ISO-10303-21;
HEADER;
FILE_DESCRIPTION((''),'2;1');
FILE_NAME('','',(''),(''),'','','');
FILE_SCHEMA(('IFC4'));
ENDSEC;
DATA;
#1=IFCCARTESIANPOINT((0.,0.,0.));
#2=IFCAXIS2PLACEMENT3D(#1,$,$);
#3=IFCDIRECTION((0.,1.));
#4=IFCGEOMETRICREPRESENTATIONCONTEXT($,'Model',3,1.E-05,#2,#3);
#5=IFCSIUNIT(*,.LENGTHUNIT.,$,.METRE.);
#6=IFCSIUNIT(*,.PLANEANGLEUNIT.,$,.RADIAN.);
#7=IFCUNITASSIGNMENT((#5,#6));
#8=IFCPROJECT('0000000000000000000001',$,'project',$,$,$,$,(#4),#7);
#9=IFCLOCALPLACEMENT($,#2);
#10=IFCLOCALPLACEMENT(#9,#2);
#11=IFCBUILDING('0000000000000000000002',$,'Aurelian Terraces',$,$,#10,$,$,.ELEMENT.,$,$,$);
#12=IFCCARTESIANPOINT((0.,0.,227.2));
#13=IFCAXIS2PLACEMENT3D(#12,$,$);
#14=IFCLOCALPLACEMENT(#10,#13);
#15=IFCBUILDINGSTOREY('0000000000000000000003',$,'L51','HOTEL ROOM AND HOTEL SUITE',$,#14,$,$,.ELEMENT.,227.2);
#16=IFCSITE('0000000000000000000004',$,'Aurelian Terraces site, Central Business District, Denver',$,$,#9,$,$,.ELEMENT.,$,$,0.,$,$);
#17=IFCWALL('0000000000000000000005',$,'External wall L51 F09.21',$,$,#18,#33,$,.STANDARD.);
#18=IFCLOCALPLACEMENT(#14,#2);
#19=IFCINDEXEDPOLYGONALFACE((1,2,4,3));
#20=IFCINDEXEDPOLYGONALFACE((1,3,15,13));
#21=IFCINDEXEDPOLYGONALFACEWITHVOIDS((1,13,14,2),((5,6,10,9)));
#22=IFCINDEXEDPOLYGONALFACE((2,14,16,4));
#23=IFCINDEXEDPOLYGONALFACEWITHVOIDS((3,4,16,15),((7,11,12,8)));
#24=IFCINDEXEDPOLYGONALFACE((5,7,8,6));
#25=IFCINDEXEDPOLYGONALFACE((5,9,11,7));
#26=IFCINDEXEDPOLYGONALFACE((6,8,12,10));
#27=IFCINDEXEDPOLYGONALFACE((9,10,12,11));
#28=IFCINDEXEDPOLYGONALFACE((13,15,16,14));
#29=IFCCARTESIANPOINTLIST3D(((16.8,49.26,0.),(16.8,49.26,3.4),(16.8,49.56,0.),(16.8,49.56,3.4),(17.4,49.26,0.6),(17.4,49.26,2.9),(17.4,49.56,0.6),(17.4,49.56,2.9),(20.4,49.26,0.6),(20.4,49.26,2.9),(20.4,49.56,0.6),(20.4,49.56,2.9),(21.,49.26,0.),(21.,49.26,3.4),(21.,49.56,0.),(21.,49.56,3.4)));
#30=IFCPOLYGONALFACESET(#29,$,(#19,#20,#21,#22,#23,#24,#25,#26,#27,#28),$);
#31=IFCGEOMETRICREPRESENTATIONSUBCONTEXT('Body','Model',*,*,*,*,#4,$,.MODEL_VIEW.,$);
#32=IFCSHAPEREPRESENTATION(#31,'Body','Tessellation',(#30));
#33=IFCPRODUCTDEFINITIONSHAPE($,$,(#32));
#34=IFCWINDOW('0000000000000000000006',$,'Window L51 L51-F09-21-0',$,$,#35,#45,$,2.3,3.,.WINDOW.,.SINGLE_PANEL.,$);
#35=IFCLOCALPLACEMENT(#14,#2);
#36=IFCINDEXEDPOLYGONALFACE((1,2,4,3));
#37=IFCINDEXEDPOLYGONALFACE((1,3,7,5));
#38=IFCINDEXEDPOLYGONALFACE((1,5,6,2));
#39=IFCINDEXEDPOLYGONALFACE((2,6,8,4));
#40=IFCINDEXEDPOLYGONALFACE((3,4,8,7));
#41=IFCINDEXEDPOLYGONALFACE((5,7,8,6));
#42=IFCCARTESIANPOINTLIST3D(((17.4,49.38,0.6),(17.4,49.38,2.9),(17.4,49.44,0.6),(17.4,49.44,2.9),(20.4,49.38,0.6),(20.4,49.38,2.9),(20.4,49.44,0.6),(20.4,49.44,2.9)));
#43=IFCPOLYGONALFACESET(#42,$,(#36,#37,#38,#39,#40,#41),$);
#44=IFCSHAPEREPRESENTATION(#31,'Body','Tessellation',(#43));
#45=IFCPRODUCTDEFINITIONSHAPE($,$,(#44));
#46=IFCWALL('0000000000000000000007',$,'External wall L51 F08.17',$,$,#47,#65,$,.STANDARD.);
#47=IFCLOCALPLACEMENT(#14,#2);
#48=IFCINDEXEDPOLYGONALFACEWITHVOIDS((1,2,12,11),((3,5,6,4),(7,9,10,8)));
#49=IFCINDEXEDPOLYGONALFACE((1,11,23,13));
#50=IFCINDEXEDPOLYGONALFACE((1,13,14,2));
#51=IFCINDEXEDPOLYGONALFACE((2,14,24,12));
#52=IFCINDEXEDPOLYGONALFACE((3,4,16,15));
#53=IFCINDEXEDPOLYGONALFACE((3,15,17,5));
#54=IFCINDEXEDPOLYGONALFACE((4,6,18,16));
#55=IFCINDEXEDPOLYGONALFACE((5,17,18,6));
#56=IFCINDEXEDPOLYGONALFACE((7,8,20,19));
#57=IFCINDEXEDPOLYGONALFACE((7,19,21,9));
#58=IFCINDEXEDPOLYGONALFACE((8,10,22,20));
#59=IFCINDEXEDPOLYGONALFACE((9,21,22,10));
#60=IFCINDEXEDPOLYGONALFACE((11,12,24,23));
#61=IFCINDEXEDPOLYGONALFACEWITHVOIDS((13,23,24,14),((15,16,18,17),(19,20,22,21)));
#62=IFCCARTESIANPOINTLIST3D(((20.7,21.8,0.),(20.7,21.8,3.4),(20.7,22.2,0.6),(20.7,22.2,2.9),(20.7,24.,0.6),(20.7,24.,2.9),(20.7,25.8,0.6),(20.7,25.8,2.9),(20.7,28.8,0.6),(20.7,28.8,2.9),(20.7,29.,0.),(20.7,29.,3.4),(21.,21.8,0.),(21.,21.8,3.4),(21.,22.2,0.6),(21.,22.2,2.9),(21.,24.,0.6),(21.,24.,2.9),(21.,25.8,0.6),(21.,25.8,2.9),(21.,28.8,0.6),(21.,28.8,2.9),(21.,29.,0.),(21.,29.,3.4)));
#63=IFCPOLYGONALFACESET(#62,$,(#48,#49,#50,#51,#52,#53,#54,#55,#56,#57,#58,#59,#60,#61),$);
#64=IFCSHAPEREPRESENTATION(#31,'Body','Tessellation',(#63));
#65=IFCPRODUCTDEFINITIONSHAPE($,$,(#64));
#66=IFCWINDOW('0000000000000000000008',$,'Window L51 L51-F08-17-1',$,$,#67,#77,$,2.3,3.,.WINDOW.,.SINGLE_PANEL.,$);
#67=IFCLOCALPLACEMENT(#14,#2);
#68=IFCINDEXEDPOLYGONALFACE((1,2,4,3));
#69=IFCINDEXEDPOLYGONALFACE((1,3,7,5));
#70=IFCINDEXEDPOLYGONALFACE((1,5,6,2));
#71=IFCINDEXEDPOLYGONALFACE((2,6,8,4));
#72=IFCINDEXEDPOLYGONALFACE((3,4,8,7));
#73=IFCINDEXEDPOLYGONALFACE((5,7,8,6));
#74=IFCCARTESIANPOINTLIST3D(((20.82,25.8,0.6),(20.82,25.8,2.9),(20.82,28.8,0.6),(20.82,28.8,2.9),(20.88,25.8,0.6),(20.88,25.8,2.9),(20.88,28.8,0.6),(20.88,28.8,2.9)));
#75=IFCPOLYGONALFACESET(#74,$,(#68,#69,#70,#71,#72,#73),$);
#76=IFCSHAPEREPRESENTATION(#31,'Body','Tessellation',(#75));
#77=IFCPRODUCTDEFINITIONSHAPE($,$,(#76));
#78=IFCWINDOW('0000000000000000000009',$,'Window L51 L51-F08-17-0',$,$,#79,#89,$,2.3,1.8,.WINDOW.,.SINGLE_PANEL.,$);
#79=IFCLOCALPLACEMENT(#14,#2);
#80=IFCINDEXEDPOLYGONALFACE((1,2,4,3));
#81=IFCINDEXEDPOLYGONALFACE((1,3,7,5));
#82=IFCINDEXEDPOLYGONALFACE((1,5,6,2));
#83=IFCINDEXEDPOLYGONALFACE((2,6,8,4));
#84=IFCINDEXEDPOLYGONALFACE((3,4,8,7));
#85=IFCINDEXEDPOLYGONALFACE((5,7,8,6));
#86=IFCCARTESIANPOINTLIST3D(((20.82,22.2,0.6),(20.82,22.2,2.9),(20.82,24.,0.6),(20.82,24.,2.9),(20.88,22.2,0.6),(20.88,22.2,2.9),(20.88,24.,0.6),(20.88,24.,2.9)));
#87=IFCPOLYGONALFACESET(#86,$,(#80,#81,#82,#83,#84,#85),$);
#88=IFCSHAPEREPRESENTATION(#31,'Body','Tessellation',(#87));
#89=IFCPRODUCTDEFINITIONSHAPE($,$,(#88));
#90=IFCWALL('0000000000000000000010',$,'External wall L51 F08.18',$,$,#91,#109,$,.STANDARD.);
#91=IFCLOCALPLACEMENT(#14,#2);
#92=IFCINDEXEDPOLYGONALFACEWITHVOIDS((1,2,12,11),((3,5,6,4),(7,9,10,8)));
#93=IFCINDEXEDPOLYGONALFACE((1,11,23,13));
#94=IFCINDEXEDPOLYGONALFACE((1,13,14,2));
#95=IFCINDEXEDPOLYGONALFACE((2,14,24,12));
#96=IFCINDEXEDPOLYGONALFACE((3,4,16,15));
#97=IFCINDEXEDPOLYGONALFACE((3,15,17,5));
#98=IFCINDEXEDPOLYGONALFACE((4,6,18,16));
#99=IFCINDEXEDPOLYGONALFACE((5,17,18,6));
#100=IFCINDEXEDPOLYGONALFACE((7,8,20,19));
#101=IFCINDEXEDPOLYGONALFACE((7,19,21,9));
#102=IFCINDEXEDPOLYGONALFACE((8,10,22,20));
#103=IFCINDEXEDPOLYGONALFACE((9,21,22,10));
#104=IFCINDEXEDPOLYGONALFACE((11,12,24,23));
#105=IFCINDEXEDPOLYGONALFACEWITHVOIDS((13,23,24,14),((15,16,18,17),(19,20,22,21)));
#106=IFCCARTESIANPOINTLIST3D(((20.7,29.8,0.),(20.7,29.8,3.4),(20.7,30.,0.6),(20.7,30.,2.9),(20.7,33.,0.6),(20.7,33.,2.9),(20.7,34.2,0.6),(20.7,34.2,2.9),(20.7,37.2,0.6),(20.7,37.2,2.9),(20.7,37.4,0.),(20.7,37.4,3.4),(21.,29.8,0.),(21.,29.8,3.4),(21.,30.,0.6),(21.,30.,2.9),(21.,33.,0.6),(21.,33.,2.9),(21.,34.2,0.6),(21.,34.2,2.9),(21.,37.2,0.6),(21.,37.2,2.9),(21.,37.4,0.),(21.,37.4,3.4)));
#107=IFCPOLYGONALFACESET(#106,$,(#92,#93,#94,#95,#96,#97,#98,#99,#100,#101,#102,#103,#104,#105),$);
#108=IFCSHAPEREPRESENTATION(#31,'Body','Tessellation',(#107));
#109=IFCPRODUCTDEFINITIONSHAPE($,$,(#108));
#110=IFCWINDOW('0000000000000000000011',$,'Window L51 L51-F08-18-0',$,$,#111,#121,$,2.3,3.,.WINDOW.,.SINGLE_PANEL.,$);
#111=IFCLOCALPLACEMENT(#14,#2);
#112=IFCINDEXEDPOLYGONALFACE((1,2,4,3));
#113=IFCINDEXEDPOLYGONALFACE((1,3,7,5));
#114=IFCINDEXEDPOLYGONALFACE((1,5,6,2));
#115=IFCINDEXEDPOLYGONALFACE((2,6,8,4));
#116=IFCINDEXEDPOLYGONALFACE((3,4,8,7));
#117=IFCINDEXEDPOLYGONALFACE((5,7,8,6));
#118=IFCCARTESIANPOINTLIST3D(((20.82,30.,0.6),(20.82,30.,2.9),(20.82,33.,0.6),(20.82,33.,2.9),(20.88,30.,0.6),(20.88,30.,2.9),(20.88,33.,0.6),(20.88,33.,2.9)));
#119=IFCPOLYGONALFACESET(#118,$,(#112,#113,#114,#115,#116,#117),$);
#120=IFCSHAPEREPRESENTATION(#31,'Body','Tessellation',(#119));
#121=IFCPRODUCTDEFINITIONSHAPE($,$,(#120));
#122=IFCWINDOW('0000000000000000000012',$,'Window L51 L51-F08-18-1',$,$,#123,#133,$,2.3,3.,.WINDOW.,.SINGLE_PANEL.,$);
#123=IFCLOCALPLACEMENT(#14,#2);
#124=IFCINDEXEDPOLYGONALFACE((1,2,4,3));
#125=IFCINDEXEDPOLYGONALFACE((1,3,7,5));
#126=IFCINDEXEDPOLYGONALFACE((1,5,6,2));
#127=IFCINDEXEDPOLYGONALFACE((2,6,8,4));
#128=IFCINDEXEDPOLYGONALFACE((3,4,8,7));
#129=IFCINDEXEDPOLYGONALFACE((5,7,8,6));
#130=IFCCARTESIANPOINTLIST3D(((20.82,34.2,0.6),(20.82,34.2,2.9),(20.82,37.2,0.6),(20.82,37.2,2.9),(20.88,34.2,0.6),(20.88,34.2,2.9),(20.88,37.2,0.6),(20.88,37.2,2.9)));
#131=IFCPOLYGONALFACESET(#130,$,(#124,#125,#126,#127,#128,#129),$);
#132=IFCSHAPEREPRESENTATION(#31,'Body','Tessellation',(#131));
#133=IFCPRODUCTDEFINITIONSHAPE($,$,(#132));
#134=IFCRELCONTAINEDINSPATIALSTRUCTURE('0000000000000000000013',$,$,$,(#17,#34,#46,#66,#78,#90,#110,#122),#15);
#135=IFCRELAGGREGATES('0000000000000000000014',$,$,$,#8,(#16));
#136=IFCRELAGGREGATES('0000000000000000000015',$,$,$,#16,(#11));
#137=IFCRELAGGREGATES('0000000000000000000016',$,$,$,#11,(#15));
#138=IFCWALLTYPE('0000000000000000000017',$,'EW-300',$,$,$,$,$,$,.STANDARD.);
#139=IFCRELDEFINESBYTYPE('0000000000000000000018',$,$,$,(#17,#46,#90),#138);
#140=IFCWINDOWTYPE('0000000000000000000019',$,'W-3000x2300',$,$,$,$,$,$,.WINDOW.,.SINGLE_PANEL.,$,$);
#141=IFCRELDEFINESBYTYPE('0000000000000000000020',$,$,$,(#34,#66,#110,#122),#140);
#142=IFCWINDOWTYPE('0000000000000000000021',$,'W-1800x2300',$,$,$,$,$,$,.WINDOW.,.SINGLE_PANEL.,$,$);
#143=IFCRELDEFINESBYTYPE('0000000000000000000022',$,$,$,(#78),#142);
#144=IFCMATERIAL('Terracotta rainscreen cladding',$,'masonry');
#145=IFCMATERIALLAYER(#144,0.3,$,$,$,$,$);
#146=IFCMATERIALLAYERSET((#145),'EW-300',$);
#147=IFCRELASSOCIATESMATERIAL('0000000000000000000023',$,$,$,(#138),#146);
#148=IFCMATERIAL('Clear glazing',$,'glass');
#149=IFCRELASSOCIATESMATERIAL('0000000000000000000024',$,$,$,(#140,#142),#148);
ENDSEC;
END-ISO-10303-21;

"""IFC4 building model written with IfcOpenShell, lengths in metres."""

from ifc_helpers import new_model, si_unit, direction, frame, frame_2d, origin, place, context, subcontext, project, spatial, rectangle, extrude, source, transform, mapped, material, layer, layer_set, type_object, element, fill, save


model = new_model("IFC4")

# Units and contexts
model_context = context("Model", 3, precision=1e-05, world=origin(), true_north=direction((0.0, 1.0)))
body_context = subcontext(model_context, "Body", "Model", "MODEL_VIEW")
ifc_project = project(units=[si_unit("LENGTHUNIT", "METRE"), si_unit("PLANEANGLEUNIT", "RADIAN")], contexts=[model_context])

# Site, building, storey
site_placement = place(None, origin())
site = spatial("IfcSite", under=ifc_project, at=site_placement, Name="Aurelian Terraces site, Central Business District, Denver", CompositionType="ELEMENT", RefElevation=0.0)
building_placement = place(site_placement, origin())
building = spatial("IfcBuilding", under=site, at=building_placement, Name="Aurelian Terraces", CompositionType="ELEMENT")
storey_placement = place(building_placement, frame((0.0, 0.0, 227.2)))
storey = spatial("IfcBuildingStorey", under=building, at=storey_placement, Name="L51", Description="HOTEL ROOM AND HOTEL SUITE", CompositionType="ELEMENT", Elevation=227.2)

# Shared definitions
ifc_material_1 = material(Name="Terracotta rainscreen cladding", Category="masonry")
ifc_layer_1 = layer(ifc_material_1, 0.3)
ifc_layer_set_1 = layer_set([ifc_layer_1], Name="EW-300")
wall_type_1 = type_object("IfcWallType", Name="EW-300", PredefinedType="STANDARD", material=ifc_layer_set_1)
ifc_material_2 = material(Name="Clear glazing", Category="glass")
shared_shape_1 = source(origin(), body_context, "Body", "SweptSolid", [
    extrude(rectangle(XDim=3.0, YDim=2.3, at=frame_2d((1.5, 1.15))), frame((0.0, 0.16, 0.0), z_axis=(0.0, -1.0, 0.0), x_axis=(1.0, 0.0, 0.0)), (0.0, 0.0, 1.0), 0.32),
])
shared_shape_2 = source(origin(), body_context, "Body", "SweptSolid", [
    extrude(rectangle(XDim=1.8, YDim=2.3, at=frame_2d((0.9, 1.15))), frame((0.0, 0.16, 0.0), z_axis=(0.0, -1.0, 0.0), x_axis=(1.0, 0.0, 0.0)), (0.0, 0.0, 1.0), 0.32),
])
window_type_1 = type_object("IfcWindowType", Name="W-3000x2300", PartitioningType="SINGLE_PANEL", PredefinedType="WINDOW", material=ifc_material_2)
shared_shape_3 = source(origin(), body_context, "Body", "SweptSolid", [
    extrude(rectangle(XDim=3.0, YDim=2.3, at=frame_2d((1.5, 1.15))), frame((0.0, 0.03, 0.0), z_axis=(0.0, -1.0, 0.0), x_axis=(1.0, 0.0, 0.0)), (0.0, 0.0, 1.0), 0.06),
])
window_type_2 = type_object("IfcWindowType", Name="W-1800x2300", PartitioningType="SINGLE_PANEL", PredefinedType="WINDOW", material=ifc_material_2)
shared_shape_4 = source(origin(), body_context, "Body", "SweptSolid", [
    extrude(rectangle(XDim=1.8, YDim=2.3, at=frame_2d((0.9, 1.15))), frame((0.0, 0.03, 0.0), z_axis=(0.0, -1.0, 0.0), x_axis=(1.0, 0.0, 0.0)), (0.0, 0.0, 1.0), 0.06),
])

# Wall, opening, window
shared_shape_5 = source(origin(), body_context, "Body", "SweptSolid", [
    extrude(rectangle(XDim=4.2, YDim=0.3, at=frame_2d((2.1, 0.0))), origin(), (0.0, 0.0, 1.0), 3.4),
])
wall_1_placement = place(storey_placement, frame((21.0, 49.41, 0.0), z_axis=(0.0, 0.0, 1.0), x_axis=(-1.0, 0.0, 0.0)))
wall_1 = element("IfcWall", 1, at=wall_1_placement, inside=storey, type_object=wall_type_1, Name="External wall L51 F09.21", PredefinedType="STANDARD", context=body_context, shape_type="MappedRepresentation", body=[
    mapped(shared_shape_5, transform((0.0, 0.0, 0.0), scale=1.0)),
])
opening_1_placement = place(wall_1_placement, frame((0.6, 0.0, 0.6)))
opening_1 = element("IfcOpeningElement", 2, at=opening_1_placement, cuts=wall_1, PredefinedType="OPENING", context=body_context, shape_type="MappedRepresentation", body=[
    mapped(shared_shape_1, transform((0.0, 0.0, 0.0), scale=1.0)),
])
window_1_placement = place(opening_1_placement, origin())
window_1 = element("IfcWindow", 3, at=window_1_placement, inside=storey, type_object=window_type_1, Name="Window L51 L51-F09-21-0", OverallHeight=2.3, OverallWidth=3.0, PartitioningType="SINGLE_PANEL", PredefinedType="WINDOW", context=body_context, shape_type="MappedRepresentation", body=[
    mapped(shared_shape_3, transform((0.0, 0.0, 0.0), scale=1.0)),
])
fill(opening_1, window_1)

# Walls, openings, windows
shared_shape_6 = source(origin(), body_context, "Body", "SweptSolid", [
    extrude(rectangle(XDim=7.2, YDim=0.3, at=frame_2d((3.6, 0.0))), origin(), (0.0, 0.0, 1.0), 3.4),
])
wall_2_placement = place(storey_placement, frame((20.85, 21.8, 0.0), z_axis=(0.0, 0.0, 1.0), x_axis=(0.0, 1.0, 0.0)))
wall_2 = element("IfcWall", 4, at=wall_2_placement, inside=storey, type_object=wall_type_1, Name="External wall L51 F08.17", PredefinedType="STANDARD", context=body_context, shape_type="MappedRepresentation", body=[
    mapped(shared_shape_6, transform((0.0, 0.0, 0.0), scale=1.0)),
])
opening_2_placement = place(wall_2_placement, frame((0.4, 0.0, 0.6)))
opening_2 = element("IfcOpeningElement", 5, at=opening_2_placement, cuts=wall_2, PredefinedType="OPENING", context=body_context, shape_type="MappedRepresentation", body=[
    mapped(shared_shape_2, transform((0.0, 0.0, 0.0), scale=1.0)),
])
opening_3_placement = place(wall_2_placement, frame((4.0, 0.0, 0.6)))
opening_3 = element("IfcOpeningElement", 6, at=opening_3_placement, cuts=wall_2, PredefinedType="OPENING", context=body_context, shape_type="MappedRepresentation", body=[
    mapped(shared_shape_1, transform((0.0, 0.0, 0.0), scale=1.0)),
])
window_2_placement = place(opening_3_placement, origin())
window_2 = element("IfcWindow", 7, at=window_2_placement, inside=storey, type_object=window_type_1, Name="Window L51 L51-F08-17-1", OverallHeight=2.3, OverallWidth=3.0, PartitioningType="SINGLE_PANEL", PredefinedType="WINDOW", context=body_context, shape_type="MappedRepresentation", body=[
    mapped(shared_shape_3, transform((0.0, 0.0, 0.0), scale=1.0)),
])
fill(opening_3, window_2)
window_3_placement = place(opening_2_placement, origin())
window_3 = element("IfcWindow", 8, at=window_3_placement, inside=storey, type_object=window_type_2, Name="Window L51 L51-F08-17-0", OverallHeight=2.3, OverallWidth=1.8, PartitioningType="SINGLE_PANEL", PredefinedType="WINDOW", context=body_context, shape_type="MappedRepresentation", body=[
    mapped(shared_shape_4, transform((0.0, 0.0, 0.0), scale=1.0)),
])
fill(opening_2, window_3)
shared_shape_7 = source(origin(), body_context, "Body", "SweptSolid", [
    extrude(rectangle(XDim=7.6, YDim=0.3, at=frame_2d((3.8, 0.0))), origin(), (0.0, 0.0, 1.0), 3.4),
])
wall_3_placement = place(storey_placement, frame((20.85, 29.8, 0.0), z_axis=(0.0, 0.0, 1.0), x_axis=(0.0, 1.0, 0.0)))
wall_3 = element("IfcWall", 9, at=wall_3_placement, inside=storey, type_object=wall_type_1, Name="External wall L51 F08.18", PredefinedType="STANDARD", context=body_context, shape_type="MappedRepresentation", body=[
    mapped(shared_shape_7, transform((0.0, 0.0, 0.0), scale=1.0)),
])
opening_4_placement = place(wall_3_placement, frame((0.2, 0.0, 0.6)))
opening_4 = element("IfcOpeningElement", 10, at=opening_4_placement, cuts=wall_3, PredefinedType="OPENING", context=body_context, shape_type="MappedRepresentation", body=[
    mapped(shared_shape_1, transform((0.0, 0.0, 0.0), scale=1.0)),
])
opening_5_placement = place(wall_3_placement, frame((4.4, 0.0, 0.6)))
opening_5 = element("IfcOpeningElement", 11, at=opening_5_placement, cuts=wall_3, PredefinedType="OPENING", context=body_context, shape_type="MappedRepresentation", body=[
    mapped(shared_shape_1, transform((0.0, 0.0, 0.0), scale=1.0)),
])
window_4_placement = place(opening_4_placement, origin())
window_4 = element("IfcWindow", 12, at=window_4_placement, inside=storey, type_object=window_type_1, Name="Window L51 L51-F08-18-0", OverallHeight=2.3, OverallWidth=3.0, PartitioningType="SINGLE_PANEL", PredefinedType="WINDOW", context=body_context, shape_type="MappedRepresentation", body=[
    mapped(shared_shape_3, transform((0.0, 0.0, 0.0), scale=1.0)),
])
fill(opening_4, window_4)
window_5_placement = place(opening_5_placement, origin())
window_5 = element("IfcWindow", 13, at=window_5_placement, inside=storey, type_object=window_type_1, Name="Window L51 L51-F08-18-1", OverallHeight=2.3, OverallWidth=3.0, PartitioningType="SINGLE_PANEL", PredefinedType="WINDOW", context=body_context, shape_type="MappedRepresentation", body=[
    mapped(shared_shape_3, transform((0.0, 0.0, 0.0), scale=1.0)),
])
fill(opening_5, window_5)

save(model, "model.ifc")
